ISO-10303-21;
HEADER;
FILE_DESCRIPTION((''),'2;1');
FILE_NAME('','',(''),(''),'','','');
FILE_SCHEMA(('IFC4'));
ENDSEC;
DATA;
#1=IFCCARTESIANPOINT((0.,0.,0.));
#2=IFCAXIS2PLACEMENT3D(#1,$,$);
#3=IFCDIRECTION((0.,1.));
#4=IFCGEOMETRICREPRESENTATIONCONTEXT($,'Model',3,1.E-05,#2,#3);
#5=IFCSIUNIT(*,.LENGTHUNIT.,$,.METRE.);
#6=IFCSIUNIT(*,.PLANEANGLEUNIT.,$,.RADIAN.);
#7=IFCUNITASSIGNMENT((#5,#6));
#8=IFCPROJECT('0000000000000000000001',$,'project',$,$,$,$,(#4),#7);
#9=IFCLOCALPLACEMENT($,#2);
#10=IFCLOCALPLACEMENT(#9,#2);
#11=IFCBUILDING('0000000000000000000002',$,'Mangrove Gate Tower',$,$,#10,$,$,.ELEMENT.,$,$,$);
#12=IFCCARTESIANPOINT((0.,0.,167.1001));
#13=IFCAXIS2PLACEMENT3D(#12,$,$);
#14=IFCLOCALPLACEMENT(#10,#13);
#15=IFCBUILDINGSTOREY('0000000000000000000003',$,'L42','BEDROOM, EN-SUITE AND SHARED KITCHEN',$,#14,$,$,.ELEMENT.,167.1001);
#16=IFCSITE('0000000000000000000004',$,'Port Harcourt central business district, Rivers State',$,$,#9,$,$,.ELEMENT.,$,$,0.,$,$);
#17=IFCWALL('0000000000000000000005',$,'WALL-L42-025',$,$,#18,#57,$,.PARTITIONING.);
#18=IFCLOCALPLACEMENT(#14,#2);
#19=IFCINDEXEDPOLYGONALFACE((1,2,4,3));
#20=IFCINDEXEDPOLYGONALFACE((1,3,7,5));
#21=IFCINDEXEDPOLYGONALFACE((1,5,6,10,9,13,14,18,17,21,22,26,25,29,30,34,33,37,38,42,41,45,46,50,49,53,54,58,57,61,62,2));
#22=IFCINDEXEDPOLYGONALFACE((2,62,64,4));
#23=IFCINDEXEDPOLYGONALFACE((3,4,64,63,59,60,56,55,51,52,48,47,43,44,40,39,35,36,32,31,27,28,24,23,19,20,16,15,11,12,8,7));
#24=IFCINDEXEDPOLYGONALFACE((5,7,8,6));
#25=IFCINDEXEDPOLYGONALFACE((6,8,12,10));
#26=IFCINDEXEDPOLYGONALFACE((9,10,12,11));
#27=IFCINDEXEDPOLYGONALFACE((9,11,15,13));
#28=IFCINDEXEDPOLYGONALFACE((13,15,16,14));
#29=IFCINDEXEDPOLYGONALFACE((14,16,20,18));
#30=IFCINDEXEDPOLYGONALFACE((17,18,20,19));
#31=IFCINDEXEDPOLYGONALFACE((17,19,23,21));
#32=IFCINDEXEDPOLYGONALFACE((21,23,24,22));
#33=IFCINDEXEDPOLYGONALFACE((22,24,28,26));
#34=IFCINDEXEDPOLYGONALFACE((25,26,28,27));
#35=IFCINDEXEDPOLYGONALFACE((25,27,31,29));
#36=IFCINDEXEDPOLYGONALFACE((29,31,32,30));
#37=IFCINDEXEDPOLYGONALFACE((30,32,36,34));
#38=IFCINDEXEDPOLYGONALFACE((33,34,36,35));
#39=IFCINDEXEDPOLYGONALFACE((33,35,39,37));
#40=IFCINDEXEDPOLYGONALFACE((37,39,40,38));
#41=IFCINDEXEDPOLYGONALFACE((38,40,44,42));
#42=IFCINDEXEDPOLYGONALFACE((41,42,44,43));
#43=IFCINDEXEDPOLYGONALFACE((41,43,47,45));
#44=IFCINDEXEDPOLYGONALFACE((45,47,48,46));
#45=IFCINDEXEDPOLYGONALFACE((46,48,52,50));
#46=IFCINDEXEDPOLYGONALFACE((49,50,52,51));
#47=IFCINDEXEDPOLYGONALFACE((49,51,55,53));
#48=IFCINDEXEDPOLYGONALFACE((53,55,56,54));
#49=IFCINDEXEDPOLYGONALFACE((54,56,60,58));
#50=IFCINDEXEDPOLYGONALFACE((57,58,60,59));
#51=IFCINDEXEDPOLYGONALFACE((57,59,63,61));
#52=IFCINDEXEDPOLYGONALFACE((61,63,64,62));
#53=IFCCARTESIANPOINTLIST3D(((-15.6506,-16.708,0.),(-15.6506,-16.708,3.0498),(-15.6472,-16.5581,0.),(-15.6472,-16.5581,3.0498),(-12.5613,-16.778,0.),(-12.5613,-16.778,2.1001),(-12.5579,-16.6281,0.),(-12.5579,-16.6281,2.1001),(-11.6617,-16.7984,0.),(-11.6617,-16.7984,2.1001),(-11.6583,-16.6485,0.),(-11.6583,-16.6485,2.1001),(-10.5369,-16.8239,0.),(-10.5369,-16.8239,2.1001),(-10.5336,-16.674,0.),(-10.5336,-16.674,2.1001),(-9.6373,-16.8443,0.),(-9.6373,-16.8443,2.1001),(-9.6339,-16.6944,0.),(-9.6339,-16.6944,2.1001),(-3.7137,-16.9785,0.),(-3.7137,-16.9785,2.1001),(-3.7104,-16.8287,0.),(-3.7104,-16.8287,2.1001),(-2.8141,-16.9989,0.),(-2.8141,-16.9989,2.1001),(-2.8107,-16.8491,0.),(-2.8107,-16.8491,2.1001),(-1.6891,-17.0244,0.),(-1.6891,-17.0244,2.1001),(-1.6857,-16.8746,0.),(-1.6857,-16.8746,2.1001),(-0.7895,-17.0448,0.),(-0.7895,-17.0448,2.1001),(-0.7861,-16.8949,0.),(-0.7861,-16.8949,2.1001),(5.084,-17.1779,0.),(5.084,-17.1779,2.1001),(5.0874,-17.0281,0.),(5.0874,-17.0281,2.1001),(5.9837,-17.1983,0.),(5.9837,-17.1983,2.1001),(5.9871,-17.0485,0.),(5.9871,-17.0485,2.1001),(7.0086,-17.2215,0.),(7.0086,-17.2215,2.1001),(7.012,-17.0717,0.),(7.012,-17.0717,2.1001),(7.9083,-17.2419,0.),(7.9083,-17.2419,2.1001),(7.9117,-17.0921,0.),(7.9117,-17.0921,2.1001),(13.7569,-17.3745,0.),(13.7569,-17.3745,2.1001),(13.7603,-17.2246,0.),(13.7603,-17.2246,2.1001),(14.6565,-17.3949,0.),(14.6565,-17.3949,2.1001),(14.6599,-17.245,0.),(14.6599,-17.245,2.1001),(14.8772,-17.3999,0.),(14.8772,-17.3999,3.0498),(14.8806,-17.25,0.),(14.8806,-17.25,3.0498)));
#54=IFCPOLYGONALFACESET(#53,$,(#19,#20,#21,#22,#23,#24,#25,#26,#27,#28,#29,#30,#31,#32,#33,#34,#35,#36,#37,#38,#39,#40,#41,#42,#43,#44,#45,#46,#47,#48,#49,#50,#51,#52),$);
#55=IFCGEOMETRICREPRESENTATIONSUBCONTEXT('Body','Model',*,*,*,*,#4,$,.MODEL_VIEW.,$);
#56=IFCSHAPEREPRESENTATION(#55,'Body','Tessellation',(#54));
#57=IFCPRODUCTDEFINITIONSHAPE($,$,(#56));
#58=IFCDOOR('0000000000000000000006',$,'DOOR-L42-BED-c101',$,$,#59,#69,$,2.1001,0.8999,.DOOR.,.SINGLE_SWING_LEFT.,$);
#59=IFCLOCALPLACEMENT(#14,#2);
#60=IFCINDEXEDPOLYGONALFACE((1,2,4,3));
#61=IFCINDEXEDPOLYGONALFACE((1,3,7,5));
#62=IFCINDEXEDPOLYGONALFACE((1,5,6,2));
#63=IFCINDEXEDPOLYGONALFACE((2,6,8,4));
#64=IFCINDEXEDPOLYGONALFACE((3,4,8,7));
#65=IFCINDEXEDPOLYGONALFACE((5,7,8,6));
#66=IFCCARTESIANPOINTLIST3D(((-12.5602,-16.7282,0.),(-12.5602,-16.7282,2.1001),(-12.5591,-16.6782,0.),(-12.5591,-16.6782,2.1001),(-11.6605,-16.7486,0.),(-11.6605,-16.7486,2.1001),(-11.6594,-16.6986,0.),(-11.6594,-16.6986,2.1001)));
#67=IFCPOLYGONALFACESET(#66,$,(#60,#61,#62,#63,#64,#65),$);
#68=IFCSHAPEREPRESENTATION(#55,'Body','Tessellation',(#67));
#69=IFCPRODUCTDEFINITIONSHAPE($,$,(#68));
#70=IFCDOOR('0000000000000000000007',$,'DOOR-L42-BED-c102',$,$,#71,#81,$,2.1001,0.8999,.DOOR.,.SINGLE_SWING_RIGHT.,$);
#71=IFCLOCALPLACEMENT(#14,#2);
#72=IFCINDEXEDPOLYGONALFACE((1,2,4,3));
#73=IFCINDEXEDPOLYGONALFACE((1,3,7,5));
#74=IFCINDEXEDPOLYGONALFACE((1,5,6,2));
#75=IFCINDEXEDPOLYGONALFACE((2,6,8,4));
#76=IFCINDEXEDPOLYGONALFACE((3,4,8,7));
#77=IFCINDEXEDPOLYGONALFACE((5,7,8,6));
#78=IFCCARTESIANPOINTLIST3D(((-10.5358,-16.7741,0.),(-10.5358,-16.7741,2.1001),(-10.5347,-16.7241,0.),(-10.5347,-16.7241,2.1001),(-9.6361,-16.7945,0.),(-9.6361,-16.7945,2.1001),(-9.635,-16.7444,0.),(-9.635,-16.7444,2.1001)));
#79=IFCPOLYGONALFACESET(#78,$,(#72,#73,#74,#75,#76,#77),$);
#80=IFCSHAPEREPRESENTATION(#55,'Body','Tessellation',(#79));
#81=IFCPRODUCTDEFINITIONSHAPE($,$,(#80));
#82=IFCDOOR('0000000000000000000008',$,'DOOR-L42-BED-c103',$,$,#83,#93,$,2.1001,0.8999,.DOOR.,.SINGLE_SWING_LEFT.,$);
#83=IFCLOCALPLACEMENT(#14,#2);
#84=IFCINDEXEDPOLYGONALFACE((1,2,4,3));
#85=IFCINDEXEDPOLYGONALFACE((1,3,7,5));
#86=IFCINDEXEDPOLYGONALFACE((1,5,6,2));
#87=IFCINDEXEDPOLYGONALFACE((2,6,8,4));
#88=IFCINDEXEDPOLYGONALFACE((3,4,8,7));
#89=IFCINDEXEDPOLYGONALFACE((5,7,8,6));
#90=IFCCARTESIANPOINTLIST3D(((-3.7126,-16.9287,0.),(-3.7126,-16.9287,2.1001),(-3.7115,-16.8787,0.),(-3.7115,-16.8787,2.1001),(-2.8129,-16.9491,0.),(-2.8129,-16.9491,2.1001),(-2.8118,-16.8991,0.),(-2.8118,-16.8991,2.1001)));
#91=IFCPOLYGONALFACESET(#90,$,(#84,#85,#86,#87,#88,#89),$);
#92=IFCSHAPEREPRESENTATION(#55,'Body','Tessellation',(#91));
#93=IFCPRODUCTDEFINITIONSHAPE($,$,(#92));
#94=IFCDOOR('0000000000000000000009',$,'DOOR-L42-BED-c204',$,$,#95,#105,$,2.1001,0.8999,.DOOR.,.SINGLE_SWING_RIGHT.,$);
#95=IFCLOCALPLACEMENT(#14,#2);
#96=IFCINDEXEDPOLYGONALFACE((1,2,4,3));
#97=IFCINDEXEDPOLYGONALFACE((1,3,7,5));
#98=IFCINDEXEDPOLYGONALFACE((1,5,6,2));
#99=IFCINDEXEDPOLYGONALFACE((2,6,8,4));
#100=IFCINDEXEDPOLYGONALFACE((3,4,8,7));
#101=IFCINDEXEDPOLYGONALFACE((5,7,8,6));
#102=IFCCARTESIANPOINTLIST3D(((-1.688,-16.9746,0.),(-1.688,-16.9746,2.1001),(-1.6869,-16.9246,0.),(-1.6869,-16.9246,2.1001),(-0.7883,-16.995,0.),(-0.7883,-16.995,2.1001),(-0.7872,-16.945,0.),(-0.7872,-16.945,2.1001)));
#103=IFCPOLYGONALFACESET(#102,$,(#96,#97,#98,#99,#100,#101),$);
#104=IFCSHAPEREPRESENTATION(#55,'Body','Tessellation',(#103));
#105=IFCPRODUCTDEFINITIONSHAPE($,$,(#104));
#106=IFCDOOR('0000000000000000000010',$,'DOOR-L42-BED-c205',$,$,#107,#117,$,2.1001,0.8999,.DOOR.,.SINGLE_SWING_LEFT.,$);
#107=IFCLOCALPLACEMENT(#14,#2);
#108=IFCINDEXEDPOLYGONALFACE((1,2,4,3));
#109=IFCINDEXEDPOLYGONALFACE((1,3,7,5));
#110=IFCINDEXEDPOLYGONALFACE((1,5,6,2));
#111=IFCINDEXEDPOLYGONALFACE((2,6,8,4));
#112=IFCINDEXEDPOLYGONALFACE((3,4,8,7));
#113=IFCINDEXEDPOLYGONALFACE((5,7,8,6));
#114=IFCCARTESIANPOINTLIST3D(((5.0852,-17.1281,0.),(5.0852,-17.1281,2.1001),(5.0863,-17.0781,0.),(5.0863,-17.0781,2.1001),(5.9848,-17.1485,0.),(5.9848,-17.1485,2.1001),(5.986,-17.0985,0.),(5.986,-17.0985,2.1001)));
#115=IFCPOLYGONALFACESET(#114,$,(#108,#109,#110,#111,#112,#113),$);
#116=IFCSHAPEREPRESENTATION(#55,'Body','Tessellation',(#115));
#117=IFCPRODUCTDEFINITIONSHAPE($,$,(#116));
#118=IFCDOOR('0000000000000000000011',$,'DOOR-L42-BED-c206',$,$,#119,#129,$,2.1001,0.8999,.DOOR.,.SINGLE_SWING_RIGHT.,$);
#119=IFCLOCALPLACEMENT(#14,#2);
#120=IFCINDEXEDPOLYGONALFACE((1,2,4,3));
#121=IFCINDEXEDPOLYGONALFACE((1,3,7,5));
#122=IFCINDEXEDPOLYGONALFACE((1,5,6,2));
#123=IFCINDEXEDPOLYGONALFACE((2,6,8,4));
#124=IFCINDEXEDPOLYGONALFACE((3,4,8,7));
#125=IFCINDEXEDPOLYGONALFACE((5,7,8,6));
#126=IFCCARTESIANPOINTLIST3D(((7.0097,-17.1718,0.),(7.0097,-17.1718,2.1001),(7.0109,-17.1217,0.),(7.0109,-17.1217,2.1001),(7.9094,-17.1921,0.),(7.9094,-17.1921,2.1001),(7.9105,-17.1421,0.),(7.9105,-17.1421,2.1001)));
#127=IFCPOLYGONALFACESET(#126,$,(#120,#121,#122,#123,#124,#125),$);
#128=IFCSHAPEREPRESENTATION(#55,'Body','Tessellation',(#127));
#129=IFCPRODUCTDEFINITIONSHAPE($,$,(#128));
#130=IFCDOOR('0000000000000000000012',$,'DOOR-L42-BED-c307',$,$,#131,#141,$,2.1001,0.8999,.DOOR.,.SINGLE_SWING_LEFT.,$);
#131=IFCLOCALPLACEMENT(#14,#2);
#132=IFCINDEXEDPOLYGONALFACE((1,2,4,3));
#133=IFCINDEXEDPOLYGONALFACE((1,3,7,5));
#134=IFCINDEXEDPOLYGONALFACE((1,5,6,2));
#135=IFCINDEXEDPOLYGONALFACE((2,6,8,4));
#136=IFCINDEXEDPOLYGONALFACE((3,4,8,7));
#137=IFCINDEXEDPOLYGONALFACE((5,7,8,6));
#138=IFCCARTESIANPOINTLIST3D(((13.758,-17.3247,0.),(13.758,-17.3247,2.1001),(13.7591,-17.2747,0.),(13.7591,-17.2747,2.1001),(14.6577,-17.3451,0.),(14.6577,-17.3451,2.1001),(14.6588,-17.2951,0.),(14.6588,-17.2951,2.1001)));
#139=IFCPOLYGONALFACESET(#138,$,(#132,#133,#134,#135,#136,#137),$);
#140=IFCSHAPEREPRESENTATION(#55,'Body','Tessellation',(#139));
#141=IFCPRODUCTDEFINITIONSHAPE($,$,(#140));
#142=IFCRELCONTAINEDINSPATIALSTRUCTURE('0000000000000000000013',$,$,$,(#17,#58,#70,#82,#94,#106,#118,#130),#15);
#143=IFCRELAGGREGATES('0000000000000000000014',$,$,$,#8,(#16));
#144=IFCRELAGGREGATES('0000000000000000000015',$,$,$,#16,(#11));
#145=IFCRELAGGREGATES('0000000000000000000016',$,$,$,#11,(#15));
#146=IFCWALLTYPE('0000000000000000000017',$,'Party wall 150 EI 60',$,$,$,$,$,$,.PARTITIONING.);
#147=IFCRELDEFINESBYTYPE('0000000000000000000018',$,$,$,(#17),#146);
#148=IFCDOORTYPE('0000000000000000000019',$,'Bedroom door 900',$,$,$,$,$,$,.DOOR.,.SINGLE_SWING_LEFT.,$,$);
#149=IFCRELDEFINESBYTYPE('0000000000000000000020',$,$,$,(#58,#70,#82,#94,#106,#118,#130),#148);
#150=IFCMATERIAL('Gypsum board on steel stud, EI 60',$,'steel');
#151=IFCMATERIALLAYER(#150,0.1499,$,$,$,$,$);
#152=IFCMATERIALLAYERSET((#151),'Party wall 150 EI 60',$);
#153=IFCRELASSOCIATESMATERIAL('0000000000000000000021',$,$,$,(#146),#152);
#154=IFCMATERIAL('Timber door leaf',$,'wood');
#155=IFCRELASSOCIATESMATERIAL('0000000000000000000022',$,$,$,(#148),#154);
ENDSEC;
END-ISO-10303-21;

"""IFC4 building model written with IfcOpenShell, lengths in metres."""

from ifc_helpers import new_model, si_unit, direction, frame, frame_2d, origin, place, context, subcontext, project, spatial, rectangle, extrude, material, layer, layer_set, type_object, element, fill, save


model = new_model("IFC4")

# Units and contexts
model_context = context("Model", 3, precision=1e-05, world=origin(), true_north=direction((0.0, 1.0)))
body_context = subcontext(model_context, "Body", "Model", "MODEL_VIEW")
ifc_project = project(units=[si_unit("LENGTHUNIT", "METRE"), si_unit("PLANEANGLEUNIT", "RADIAN")], contexts=[model_context])

# Site, building, storey
site_placement = place(None, origin())
site = spatial("IfcSite", under=ifc_project, at=site_placement, Name="Port Harcourt central business district, Rivers State", CompositionType="ELEMENT", RefElevation=0.0)
building_placement = place(site_placement, origin())
building = spatial("IfcBuilding", under=site, at=building_placement, Name="Mangrove Gate Tower", CompositionType="ELEMENT")
storey_placement = place(building_placement, frame((0.0, 0.0, 167.1001)))
storey = spatial("IfcBuildingStorey", under=building, at=storey_placement, Name="L42", Description="BEDROOM, EN-SUITE AND SHARED KITCHEN", CompositionType="ELEMENT", Elevation=167.1001)

# Shared definitions
ifc_material_1 = material(Name="Gypsum board on steel stud, EI 60", Category="steel")
ifc_layer_1 = layer(ifc_material_1, 0.1499)
ifc_layer_set_1 = layer_set([ifc_layer_1], Name="Party wall 150 EI 60")
wall_type_1 = type_object("IfcWallType", Name="Party wall 150 EI 60", PredefinedType="PARTITIONING", material=ifc_layer_set_1)

# Wall, openings, doors
wall_1_placement = place(storey_placement, frame((-15.6489, -16.6331, 0.0), z_axis=(0.0, 0.0, 1.0), x_axis=(0.999743, -0.022659, 0.0)))
wall_1 = element("IfcWall", 1, at=wall_1_placement, inside=storey, type_object=wall_type_1, Name="WALL-L42-025", PredefinedType="PARTITIONING", context=body_context, shape_type="SweptSolid", body=[
    extrude(rectangle(XDim=30.5356, YDim=0.1499, at=frame_2d((15.2678, 0.0))), origin(), (0.0, 0.0, 1.0), 3.0498),
])
opening_1_placement = place(wall_1_placement, frame((3.0901, 0.0, 0.0)))
opening_1 = element("IfcOpeningElement", 2, at=opening_1_placement, cuts=wall_1, PredefinedType="OPENING", context=body_context, shape_type="SweptSolid", body=[
    extrude(rectangle(XDim=0.8999, YDim=2.1001, at=frame_2d((0.45, 1.05))), frame((0.0, 0.085, 0.0), z_axis=(0.0, -1.0, 0.0), x_axis=(1.0, 0.0, 0.0)), (0.0, 0.0, 1.0), 0.1699),
])
opening_2_placement = place(wall_1_placement, frame((5.115, 0.0, 0.0)))
opening_2 = element("IfcOpeningElement", 3, at=opening_2_placement, cuts=wall_1, PredefinedType="OPENING", context=body_context, shape_type="SweptSolid", body=[
    extrude(rectangle(XDim=0.8999, YDim=2.1001, at=frame_2d((0.45, 1.05))), frame((0.0, 0.085, 0.0), z_axis=(0.0, -1.0, 0.0), x_axis=(1.0, 0.0, 0.0)), (0.0, 0.0, 1.0), 0.1699),
])
opening_3_placement = place(wall_1_placement, frame((11.9399, 0.0, 0.0)))
opening_3 = element("IfcOpeningElement", 4, at=opening_3_placement, cuts=wall_1, PredefinedType="OPENING", context=body_context, shape_type="SweptSolid", body=[
    extrude(rectangle(XDim=0.8999, YDim=2.1001, at=frame_2d((0.45, 1.05))), frame((0.0, 0.085, 0.0), z_axis=(0.0, -1.0, 0.0), x_axis=(1.0, 0.0, 0.0)), (0.0, 0.0, 1.0), 0.1699),
])
opening_4_placement = place(wall_1_placement, frame((13.9651, 0.0, 0.0)))
opening_4 = element("IfcOpeningElement", 5, at=opening_4_placement, cuts=wall_1, PredefinedType="OPENING", context=body_context, shape_type="SweptSolid", body=[
    extrude(rectangle(XDim=0.8999, YDim=2.1001, at=frame_2d((0.45, 1.05))), frame((0.0, 0.085, 0.0), z_axis=(0.0, -1.0, 0.0), x_axis=(1.0, 0.0, 0.0)), (0.0, 0.0, 1.0), 0.1699),
])
opening_5_placement = place(wall_1_placement, frame((20.74, 0.0, 0.0)))
opening_5 = element("IfcOpeningElement", 6, at=opening_5_placement, cuts=wall_1, PredefinedType="OPENING", context=body_context, shape_type="SweptSolid", body=[
    extrude(rectangle(XDim=0.8999, YDim=2.1001, at=frame_2d((0.45, 1.05))), frame((0.0, 0.085, 0.0), z_axis=(0.0, -1.0, 0.0), x_axis=(1.0, 0.0, 0.0)), (0.0, 0.0, 1.0), 0.1699),
])
opening_6_placement = place(wall_1_placement, frame((22.665, 0.0, 0.0)))
opening_6 = element("IfcOpeningElement", 7, at=opening_6_placement, cuts=wall_1, PredefinedType="OPENING", context=body_context, shape_type="SweptSolid", body=[
    extrude(rectangle(XDim=0.8999, YDim=2.1001, at=frame_2d((0.45, 1.05))), frame((0.0, 0.085, 0.0), z_axis=(0.0, -1.0, 0.0), x_axis=(1.0, 0.0, 0.0)), (0.0, 0.0, 1.0), 0.1699),
])
opening_7_placement = place(wall_1_placement, frame((29.415, 0.0, 0.0)))
opening_7 = element("IfcOpeningElement", 8, at=opening_7_placement, cuts=wall_1, PredefinedType="OPENING", context=body_context, shape_type="SweptSolid", body=[
    extrude(rectangle(XDim=0.8999, YDim=2.1001, at=frame_2d((0.45, 1.05))), frame((0.0, 0.085, 0.0), z_axis=(0.0, -1.0, 0.0), x_axis=(1.0, 0.0, 0.0)), (0.0, 0.0, 1.0), 0.1699),
])
ifc_material_2 = material(Name="Timber door leaf", Category="wood")
door_type = type_object("IfcDoorType", Name="Bedroom door 900", OperationType="SINGLE_SWING_LEFT", PredefinedType="DOOR", material=ifc_material_2)
door_1_placement = place(opening_1_placement, origin())
door_1 = element("IfcDoor", 9, at=door_1_placement, inside=storey, type_object=door_type, Name="DOOR-L42-BED-c101", OperationType="SINGLE_SWING_LEFT", OverallHeight=2.1001, OverallWidth=0.8999, PredefinedType="DOOR", context=body_context, shape_type="SweptSolid", body=[
    extrude(rectangle(XDim=0.8999, YDim=2.1001, at=frame_2d((0.45, 1.05))), frame((0.0, 0.0249, 0.0), z_axis=(0.0, -1.0, 0.0), x_axis=(1.0, 0.0, 0.0)), (0.0, 0.0, 1.0), 0.05),
])
fill(opening_1, door_1)
door_2_placement = place(opening_2_placement, origin())
door_2 = element("IfcDoor", 10, at=door_2_placement, inside=storey, type_object=door_type, Name="DOOR-L42-BED-c102", OperationType="SINGLE_SWING_RIGHT", OverallHeight=2.1001, OverallWidth=0.8999, PredefinedType="DOOR", context=body_context, shape_type="SweptSolid", body=[
    extrude(rectangle(XDim=0.8999, YDim=2.1001, at=frame_2d((0.45, 1.05))), frame((0.0, 0.0249, 0.0), z_axis=(0.0, -1.0, 0.0), x_axis=(1.0, 0.0, 0.0)), (0.0, 0.0, 1.0), 0.05),
])
fill(opening_2, door_2)
door_3_placement = place(opening_3_placement, origin())
door_3 = element("IfcDoor", 11, at=door_3_placement, inside=storey, type_object=door_type, Name="DOOR-L42-BED-c103", OperationType="SINGLE_SWING_LEFT", OverallHeight=2.1001, OverallWidth=0.8999, PredefinedType="DOOR", context=body_context, shape_type="SweptSolid", body=[
    extrude(rectangle(XDim=0.8999, YDim=2.1001, at=frame_2d((0.45, 1.05))), frame((0.0, 0.0249, 0.0), z_axis=(0.0, -1.0, 0.0), x_axis=(1.0, 0.0, 0.0)), (0.0, 0.0, 1.0), 0.05),
])
fill(opening_3, door_3)
door_4_placement = place(opening_4_placement, origin())
door_4 = element("IfcDoor", 12, at=door_4_placement, inside=storey, type_object=door_type, Name="DOOR-L42-BED-c204", OperationType="SINGLE_SWING_RIGHT", OverallHeight=2.1001, OverallWidth=0.8999, PredefinedType="DOOR", context=body_context, shape_type="SweptSolid", body=[
    extrude(rectangle(XDim=0.8999, YDim=2.1001, at=frame_2d((0.45, 1.05))), frame((0.0, 0.0249, 0.0), z_axis=(0.0, -1.0, 0.0), x_axis=(1.0, 0.0, 0.0)), (0.0, 0.0, 1.0), 0.05),
])
fill(opening_4, door_4)
door_5_placement = place(opening_5_placement, origin())
door_5 = element("IfcDoor", 13, at=door_5_placement, inside=storey, type_object=door_type, Name="DOOR-L42-BED-c205", OperationType="SINGLE_SWING_LEFT", OverallHeight=2.1001, OverallWidth=0.8999, PredefinedType="DOOR", context=body_context, shape_type="SweptSolid", body=[
    extrude(rectangle(XDim=0.8999, YDim=2.1001, at=frame_2d((0.45, 1.05))), frame((0.0, 0.0249, 0.0), z_axis=(0.0, -1.0, 0.0), x_axis=(1.0, 0.0, 0.0)), (0.0, 0.0, 1.0), 0.05),
])
fill(opening_5, door_5)
door_6_placement = place(opening_6_placement, origin())
door_6 = element("IfcDoor", 14, at=door_6_placement, inside=storey, type_object=door_type, Name="DOOR-L42-BED-c206", OperationType="SINGLE_SWING_RIGHT", OverallHeight=2.1001, OverallWidth=0.8999, PredefinedType="DOOR", context=body_context, shape_type="SweptSolid", body=[
    extrude(rectangle(XDim=0.8999, YDim=2.1001, at=frame_2d((0.45, 1.05))), frame((0.0, 0.0249, 0.0), z_axis=(0.0, -1.0, 0.0), x_axis=(1.0, 0.0, 0.0)), (0.0, 0.0, 1.0), 0.05),
])
fill(opening_6, door_6)
door_7_placement = place(opening_7_placement, origin())
door_7 = element("IfcDoor", 15, at=door_7_placement, inside=storey, type_object=door_type, Name="DOOR-L42-BED-c307", OperationType="SINGLE_SWING_LEFT", OverallHeight=2.1001, OverallWidth=0.8999, PredefinedType="DOOR", context=body_context, shape_type="SweptSolid", body=[
    extrude(rectangle(XDim=0.8999, YDim=2.1001, at=frame_2d((0.45, 1.05))), frame((0.0, 0.0249, 0.0), z_axis=(0.0, -1.0, 0.0), x_axis=(1.0, 0.0, 0.0)), (0.0, 0.0, 1.0), 0.05),
])
fill(opening_7, door_7)

save(model, "model.ifc")
